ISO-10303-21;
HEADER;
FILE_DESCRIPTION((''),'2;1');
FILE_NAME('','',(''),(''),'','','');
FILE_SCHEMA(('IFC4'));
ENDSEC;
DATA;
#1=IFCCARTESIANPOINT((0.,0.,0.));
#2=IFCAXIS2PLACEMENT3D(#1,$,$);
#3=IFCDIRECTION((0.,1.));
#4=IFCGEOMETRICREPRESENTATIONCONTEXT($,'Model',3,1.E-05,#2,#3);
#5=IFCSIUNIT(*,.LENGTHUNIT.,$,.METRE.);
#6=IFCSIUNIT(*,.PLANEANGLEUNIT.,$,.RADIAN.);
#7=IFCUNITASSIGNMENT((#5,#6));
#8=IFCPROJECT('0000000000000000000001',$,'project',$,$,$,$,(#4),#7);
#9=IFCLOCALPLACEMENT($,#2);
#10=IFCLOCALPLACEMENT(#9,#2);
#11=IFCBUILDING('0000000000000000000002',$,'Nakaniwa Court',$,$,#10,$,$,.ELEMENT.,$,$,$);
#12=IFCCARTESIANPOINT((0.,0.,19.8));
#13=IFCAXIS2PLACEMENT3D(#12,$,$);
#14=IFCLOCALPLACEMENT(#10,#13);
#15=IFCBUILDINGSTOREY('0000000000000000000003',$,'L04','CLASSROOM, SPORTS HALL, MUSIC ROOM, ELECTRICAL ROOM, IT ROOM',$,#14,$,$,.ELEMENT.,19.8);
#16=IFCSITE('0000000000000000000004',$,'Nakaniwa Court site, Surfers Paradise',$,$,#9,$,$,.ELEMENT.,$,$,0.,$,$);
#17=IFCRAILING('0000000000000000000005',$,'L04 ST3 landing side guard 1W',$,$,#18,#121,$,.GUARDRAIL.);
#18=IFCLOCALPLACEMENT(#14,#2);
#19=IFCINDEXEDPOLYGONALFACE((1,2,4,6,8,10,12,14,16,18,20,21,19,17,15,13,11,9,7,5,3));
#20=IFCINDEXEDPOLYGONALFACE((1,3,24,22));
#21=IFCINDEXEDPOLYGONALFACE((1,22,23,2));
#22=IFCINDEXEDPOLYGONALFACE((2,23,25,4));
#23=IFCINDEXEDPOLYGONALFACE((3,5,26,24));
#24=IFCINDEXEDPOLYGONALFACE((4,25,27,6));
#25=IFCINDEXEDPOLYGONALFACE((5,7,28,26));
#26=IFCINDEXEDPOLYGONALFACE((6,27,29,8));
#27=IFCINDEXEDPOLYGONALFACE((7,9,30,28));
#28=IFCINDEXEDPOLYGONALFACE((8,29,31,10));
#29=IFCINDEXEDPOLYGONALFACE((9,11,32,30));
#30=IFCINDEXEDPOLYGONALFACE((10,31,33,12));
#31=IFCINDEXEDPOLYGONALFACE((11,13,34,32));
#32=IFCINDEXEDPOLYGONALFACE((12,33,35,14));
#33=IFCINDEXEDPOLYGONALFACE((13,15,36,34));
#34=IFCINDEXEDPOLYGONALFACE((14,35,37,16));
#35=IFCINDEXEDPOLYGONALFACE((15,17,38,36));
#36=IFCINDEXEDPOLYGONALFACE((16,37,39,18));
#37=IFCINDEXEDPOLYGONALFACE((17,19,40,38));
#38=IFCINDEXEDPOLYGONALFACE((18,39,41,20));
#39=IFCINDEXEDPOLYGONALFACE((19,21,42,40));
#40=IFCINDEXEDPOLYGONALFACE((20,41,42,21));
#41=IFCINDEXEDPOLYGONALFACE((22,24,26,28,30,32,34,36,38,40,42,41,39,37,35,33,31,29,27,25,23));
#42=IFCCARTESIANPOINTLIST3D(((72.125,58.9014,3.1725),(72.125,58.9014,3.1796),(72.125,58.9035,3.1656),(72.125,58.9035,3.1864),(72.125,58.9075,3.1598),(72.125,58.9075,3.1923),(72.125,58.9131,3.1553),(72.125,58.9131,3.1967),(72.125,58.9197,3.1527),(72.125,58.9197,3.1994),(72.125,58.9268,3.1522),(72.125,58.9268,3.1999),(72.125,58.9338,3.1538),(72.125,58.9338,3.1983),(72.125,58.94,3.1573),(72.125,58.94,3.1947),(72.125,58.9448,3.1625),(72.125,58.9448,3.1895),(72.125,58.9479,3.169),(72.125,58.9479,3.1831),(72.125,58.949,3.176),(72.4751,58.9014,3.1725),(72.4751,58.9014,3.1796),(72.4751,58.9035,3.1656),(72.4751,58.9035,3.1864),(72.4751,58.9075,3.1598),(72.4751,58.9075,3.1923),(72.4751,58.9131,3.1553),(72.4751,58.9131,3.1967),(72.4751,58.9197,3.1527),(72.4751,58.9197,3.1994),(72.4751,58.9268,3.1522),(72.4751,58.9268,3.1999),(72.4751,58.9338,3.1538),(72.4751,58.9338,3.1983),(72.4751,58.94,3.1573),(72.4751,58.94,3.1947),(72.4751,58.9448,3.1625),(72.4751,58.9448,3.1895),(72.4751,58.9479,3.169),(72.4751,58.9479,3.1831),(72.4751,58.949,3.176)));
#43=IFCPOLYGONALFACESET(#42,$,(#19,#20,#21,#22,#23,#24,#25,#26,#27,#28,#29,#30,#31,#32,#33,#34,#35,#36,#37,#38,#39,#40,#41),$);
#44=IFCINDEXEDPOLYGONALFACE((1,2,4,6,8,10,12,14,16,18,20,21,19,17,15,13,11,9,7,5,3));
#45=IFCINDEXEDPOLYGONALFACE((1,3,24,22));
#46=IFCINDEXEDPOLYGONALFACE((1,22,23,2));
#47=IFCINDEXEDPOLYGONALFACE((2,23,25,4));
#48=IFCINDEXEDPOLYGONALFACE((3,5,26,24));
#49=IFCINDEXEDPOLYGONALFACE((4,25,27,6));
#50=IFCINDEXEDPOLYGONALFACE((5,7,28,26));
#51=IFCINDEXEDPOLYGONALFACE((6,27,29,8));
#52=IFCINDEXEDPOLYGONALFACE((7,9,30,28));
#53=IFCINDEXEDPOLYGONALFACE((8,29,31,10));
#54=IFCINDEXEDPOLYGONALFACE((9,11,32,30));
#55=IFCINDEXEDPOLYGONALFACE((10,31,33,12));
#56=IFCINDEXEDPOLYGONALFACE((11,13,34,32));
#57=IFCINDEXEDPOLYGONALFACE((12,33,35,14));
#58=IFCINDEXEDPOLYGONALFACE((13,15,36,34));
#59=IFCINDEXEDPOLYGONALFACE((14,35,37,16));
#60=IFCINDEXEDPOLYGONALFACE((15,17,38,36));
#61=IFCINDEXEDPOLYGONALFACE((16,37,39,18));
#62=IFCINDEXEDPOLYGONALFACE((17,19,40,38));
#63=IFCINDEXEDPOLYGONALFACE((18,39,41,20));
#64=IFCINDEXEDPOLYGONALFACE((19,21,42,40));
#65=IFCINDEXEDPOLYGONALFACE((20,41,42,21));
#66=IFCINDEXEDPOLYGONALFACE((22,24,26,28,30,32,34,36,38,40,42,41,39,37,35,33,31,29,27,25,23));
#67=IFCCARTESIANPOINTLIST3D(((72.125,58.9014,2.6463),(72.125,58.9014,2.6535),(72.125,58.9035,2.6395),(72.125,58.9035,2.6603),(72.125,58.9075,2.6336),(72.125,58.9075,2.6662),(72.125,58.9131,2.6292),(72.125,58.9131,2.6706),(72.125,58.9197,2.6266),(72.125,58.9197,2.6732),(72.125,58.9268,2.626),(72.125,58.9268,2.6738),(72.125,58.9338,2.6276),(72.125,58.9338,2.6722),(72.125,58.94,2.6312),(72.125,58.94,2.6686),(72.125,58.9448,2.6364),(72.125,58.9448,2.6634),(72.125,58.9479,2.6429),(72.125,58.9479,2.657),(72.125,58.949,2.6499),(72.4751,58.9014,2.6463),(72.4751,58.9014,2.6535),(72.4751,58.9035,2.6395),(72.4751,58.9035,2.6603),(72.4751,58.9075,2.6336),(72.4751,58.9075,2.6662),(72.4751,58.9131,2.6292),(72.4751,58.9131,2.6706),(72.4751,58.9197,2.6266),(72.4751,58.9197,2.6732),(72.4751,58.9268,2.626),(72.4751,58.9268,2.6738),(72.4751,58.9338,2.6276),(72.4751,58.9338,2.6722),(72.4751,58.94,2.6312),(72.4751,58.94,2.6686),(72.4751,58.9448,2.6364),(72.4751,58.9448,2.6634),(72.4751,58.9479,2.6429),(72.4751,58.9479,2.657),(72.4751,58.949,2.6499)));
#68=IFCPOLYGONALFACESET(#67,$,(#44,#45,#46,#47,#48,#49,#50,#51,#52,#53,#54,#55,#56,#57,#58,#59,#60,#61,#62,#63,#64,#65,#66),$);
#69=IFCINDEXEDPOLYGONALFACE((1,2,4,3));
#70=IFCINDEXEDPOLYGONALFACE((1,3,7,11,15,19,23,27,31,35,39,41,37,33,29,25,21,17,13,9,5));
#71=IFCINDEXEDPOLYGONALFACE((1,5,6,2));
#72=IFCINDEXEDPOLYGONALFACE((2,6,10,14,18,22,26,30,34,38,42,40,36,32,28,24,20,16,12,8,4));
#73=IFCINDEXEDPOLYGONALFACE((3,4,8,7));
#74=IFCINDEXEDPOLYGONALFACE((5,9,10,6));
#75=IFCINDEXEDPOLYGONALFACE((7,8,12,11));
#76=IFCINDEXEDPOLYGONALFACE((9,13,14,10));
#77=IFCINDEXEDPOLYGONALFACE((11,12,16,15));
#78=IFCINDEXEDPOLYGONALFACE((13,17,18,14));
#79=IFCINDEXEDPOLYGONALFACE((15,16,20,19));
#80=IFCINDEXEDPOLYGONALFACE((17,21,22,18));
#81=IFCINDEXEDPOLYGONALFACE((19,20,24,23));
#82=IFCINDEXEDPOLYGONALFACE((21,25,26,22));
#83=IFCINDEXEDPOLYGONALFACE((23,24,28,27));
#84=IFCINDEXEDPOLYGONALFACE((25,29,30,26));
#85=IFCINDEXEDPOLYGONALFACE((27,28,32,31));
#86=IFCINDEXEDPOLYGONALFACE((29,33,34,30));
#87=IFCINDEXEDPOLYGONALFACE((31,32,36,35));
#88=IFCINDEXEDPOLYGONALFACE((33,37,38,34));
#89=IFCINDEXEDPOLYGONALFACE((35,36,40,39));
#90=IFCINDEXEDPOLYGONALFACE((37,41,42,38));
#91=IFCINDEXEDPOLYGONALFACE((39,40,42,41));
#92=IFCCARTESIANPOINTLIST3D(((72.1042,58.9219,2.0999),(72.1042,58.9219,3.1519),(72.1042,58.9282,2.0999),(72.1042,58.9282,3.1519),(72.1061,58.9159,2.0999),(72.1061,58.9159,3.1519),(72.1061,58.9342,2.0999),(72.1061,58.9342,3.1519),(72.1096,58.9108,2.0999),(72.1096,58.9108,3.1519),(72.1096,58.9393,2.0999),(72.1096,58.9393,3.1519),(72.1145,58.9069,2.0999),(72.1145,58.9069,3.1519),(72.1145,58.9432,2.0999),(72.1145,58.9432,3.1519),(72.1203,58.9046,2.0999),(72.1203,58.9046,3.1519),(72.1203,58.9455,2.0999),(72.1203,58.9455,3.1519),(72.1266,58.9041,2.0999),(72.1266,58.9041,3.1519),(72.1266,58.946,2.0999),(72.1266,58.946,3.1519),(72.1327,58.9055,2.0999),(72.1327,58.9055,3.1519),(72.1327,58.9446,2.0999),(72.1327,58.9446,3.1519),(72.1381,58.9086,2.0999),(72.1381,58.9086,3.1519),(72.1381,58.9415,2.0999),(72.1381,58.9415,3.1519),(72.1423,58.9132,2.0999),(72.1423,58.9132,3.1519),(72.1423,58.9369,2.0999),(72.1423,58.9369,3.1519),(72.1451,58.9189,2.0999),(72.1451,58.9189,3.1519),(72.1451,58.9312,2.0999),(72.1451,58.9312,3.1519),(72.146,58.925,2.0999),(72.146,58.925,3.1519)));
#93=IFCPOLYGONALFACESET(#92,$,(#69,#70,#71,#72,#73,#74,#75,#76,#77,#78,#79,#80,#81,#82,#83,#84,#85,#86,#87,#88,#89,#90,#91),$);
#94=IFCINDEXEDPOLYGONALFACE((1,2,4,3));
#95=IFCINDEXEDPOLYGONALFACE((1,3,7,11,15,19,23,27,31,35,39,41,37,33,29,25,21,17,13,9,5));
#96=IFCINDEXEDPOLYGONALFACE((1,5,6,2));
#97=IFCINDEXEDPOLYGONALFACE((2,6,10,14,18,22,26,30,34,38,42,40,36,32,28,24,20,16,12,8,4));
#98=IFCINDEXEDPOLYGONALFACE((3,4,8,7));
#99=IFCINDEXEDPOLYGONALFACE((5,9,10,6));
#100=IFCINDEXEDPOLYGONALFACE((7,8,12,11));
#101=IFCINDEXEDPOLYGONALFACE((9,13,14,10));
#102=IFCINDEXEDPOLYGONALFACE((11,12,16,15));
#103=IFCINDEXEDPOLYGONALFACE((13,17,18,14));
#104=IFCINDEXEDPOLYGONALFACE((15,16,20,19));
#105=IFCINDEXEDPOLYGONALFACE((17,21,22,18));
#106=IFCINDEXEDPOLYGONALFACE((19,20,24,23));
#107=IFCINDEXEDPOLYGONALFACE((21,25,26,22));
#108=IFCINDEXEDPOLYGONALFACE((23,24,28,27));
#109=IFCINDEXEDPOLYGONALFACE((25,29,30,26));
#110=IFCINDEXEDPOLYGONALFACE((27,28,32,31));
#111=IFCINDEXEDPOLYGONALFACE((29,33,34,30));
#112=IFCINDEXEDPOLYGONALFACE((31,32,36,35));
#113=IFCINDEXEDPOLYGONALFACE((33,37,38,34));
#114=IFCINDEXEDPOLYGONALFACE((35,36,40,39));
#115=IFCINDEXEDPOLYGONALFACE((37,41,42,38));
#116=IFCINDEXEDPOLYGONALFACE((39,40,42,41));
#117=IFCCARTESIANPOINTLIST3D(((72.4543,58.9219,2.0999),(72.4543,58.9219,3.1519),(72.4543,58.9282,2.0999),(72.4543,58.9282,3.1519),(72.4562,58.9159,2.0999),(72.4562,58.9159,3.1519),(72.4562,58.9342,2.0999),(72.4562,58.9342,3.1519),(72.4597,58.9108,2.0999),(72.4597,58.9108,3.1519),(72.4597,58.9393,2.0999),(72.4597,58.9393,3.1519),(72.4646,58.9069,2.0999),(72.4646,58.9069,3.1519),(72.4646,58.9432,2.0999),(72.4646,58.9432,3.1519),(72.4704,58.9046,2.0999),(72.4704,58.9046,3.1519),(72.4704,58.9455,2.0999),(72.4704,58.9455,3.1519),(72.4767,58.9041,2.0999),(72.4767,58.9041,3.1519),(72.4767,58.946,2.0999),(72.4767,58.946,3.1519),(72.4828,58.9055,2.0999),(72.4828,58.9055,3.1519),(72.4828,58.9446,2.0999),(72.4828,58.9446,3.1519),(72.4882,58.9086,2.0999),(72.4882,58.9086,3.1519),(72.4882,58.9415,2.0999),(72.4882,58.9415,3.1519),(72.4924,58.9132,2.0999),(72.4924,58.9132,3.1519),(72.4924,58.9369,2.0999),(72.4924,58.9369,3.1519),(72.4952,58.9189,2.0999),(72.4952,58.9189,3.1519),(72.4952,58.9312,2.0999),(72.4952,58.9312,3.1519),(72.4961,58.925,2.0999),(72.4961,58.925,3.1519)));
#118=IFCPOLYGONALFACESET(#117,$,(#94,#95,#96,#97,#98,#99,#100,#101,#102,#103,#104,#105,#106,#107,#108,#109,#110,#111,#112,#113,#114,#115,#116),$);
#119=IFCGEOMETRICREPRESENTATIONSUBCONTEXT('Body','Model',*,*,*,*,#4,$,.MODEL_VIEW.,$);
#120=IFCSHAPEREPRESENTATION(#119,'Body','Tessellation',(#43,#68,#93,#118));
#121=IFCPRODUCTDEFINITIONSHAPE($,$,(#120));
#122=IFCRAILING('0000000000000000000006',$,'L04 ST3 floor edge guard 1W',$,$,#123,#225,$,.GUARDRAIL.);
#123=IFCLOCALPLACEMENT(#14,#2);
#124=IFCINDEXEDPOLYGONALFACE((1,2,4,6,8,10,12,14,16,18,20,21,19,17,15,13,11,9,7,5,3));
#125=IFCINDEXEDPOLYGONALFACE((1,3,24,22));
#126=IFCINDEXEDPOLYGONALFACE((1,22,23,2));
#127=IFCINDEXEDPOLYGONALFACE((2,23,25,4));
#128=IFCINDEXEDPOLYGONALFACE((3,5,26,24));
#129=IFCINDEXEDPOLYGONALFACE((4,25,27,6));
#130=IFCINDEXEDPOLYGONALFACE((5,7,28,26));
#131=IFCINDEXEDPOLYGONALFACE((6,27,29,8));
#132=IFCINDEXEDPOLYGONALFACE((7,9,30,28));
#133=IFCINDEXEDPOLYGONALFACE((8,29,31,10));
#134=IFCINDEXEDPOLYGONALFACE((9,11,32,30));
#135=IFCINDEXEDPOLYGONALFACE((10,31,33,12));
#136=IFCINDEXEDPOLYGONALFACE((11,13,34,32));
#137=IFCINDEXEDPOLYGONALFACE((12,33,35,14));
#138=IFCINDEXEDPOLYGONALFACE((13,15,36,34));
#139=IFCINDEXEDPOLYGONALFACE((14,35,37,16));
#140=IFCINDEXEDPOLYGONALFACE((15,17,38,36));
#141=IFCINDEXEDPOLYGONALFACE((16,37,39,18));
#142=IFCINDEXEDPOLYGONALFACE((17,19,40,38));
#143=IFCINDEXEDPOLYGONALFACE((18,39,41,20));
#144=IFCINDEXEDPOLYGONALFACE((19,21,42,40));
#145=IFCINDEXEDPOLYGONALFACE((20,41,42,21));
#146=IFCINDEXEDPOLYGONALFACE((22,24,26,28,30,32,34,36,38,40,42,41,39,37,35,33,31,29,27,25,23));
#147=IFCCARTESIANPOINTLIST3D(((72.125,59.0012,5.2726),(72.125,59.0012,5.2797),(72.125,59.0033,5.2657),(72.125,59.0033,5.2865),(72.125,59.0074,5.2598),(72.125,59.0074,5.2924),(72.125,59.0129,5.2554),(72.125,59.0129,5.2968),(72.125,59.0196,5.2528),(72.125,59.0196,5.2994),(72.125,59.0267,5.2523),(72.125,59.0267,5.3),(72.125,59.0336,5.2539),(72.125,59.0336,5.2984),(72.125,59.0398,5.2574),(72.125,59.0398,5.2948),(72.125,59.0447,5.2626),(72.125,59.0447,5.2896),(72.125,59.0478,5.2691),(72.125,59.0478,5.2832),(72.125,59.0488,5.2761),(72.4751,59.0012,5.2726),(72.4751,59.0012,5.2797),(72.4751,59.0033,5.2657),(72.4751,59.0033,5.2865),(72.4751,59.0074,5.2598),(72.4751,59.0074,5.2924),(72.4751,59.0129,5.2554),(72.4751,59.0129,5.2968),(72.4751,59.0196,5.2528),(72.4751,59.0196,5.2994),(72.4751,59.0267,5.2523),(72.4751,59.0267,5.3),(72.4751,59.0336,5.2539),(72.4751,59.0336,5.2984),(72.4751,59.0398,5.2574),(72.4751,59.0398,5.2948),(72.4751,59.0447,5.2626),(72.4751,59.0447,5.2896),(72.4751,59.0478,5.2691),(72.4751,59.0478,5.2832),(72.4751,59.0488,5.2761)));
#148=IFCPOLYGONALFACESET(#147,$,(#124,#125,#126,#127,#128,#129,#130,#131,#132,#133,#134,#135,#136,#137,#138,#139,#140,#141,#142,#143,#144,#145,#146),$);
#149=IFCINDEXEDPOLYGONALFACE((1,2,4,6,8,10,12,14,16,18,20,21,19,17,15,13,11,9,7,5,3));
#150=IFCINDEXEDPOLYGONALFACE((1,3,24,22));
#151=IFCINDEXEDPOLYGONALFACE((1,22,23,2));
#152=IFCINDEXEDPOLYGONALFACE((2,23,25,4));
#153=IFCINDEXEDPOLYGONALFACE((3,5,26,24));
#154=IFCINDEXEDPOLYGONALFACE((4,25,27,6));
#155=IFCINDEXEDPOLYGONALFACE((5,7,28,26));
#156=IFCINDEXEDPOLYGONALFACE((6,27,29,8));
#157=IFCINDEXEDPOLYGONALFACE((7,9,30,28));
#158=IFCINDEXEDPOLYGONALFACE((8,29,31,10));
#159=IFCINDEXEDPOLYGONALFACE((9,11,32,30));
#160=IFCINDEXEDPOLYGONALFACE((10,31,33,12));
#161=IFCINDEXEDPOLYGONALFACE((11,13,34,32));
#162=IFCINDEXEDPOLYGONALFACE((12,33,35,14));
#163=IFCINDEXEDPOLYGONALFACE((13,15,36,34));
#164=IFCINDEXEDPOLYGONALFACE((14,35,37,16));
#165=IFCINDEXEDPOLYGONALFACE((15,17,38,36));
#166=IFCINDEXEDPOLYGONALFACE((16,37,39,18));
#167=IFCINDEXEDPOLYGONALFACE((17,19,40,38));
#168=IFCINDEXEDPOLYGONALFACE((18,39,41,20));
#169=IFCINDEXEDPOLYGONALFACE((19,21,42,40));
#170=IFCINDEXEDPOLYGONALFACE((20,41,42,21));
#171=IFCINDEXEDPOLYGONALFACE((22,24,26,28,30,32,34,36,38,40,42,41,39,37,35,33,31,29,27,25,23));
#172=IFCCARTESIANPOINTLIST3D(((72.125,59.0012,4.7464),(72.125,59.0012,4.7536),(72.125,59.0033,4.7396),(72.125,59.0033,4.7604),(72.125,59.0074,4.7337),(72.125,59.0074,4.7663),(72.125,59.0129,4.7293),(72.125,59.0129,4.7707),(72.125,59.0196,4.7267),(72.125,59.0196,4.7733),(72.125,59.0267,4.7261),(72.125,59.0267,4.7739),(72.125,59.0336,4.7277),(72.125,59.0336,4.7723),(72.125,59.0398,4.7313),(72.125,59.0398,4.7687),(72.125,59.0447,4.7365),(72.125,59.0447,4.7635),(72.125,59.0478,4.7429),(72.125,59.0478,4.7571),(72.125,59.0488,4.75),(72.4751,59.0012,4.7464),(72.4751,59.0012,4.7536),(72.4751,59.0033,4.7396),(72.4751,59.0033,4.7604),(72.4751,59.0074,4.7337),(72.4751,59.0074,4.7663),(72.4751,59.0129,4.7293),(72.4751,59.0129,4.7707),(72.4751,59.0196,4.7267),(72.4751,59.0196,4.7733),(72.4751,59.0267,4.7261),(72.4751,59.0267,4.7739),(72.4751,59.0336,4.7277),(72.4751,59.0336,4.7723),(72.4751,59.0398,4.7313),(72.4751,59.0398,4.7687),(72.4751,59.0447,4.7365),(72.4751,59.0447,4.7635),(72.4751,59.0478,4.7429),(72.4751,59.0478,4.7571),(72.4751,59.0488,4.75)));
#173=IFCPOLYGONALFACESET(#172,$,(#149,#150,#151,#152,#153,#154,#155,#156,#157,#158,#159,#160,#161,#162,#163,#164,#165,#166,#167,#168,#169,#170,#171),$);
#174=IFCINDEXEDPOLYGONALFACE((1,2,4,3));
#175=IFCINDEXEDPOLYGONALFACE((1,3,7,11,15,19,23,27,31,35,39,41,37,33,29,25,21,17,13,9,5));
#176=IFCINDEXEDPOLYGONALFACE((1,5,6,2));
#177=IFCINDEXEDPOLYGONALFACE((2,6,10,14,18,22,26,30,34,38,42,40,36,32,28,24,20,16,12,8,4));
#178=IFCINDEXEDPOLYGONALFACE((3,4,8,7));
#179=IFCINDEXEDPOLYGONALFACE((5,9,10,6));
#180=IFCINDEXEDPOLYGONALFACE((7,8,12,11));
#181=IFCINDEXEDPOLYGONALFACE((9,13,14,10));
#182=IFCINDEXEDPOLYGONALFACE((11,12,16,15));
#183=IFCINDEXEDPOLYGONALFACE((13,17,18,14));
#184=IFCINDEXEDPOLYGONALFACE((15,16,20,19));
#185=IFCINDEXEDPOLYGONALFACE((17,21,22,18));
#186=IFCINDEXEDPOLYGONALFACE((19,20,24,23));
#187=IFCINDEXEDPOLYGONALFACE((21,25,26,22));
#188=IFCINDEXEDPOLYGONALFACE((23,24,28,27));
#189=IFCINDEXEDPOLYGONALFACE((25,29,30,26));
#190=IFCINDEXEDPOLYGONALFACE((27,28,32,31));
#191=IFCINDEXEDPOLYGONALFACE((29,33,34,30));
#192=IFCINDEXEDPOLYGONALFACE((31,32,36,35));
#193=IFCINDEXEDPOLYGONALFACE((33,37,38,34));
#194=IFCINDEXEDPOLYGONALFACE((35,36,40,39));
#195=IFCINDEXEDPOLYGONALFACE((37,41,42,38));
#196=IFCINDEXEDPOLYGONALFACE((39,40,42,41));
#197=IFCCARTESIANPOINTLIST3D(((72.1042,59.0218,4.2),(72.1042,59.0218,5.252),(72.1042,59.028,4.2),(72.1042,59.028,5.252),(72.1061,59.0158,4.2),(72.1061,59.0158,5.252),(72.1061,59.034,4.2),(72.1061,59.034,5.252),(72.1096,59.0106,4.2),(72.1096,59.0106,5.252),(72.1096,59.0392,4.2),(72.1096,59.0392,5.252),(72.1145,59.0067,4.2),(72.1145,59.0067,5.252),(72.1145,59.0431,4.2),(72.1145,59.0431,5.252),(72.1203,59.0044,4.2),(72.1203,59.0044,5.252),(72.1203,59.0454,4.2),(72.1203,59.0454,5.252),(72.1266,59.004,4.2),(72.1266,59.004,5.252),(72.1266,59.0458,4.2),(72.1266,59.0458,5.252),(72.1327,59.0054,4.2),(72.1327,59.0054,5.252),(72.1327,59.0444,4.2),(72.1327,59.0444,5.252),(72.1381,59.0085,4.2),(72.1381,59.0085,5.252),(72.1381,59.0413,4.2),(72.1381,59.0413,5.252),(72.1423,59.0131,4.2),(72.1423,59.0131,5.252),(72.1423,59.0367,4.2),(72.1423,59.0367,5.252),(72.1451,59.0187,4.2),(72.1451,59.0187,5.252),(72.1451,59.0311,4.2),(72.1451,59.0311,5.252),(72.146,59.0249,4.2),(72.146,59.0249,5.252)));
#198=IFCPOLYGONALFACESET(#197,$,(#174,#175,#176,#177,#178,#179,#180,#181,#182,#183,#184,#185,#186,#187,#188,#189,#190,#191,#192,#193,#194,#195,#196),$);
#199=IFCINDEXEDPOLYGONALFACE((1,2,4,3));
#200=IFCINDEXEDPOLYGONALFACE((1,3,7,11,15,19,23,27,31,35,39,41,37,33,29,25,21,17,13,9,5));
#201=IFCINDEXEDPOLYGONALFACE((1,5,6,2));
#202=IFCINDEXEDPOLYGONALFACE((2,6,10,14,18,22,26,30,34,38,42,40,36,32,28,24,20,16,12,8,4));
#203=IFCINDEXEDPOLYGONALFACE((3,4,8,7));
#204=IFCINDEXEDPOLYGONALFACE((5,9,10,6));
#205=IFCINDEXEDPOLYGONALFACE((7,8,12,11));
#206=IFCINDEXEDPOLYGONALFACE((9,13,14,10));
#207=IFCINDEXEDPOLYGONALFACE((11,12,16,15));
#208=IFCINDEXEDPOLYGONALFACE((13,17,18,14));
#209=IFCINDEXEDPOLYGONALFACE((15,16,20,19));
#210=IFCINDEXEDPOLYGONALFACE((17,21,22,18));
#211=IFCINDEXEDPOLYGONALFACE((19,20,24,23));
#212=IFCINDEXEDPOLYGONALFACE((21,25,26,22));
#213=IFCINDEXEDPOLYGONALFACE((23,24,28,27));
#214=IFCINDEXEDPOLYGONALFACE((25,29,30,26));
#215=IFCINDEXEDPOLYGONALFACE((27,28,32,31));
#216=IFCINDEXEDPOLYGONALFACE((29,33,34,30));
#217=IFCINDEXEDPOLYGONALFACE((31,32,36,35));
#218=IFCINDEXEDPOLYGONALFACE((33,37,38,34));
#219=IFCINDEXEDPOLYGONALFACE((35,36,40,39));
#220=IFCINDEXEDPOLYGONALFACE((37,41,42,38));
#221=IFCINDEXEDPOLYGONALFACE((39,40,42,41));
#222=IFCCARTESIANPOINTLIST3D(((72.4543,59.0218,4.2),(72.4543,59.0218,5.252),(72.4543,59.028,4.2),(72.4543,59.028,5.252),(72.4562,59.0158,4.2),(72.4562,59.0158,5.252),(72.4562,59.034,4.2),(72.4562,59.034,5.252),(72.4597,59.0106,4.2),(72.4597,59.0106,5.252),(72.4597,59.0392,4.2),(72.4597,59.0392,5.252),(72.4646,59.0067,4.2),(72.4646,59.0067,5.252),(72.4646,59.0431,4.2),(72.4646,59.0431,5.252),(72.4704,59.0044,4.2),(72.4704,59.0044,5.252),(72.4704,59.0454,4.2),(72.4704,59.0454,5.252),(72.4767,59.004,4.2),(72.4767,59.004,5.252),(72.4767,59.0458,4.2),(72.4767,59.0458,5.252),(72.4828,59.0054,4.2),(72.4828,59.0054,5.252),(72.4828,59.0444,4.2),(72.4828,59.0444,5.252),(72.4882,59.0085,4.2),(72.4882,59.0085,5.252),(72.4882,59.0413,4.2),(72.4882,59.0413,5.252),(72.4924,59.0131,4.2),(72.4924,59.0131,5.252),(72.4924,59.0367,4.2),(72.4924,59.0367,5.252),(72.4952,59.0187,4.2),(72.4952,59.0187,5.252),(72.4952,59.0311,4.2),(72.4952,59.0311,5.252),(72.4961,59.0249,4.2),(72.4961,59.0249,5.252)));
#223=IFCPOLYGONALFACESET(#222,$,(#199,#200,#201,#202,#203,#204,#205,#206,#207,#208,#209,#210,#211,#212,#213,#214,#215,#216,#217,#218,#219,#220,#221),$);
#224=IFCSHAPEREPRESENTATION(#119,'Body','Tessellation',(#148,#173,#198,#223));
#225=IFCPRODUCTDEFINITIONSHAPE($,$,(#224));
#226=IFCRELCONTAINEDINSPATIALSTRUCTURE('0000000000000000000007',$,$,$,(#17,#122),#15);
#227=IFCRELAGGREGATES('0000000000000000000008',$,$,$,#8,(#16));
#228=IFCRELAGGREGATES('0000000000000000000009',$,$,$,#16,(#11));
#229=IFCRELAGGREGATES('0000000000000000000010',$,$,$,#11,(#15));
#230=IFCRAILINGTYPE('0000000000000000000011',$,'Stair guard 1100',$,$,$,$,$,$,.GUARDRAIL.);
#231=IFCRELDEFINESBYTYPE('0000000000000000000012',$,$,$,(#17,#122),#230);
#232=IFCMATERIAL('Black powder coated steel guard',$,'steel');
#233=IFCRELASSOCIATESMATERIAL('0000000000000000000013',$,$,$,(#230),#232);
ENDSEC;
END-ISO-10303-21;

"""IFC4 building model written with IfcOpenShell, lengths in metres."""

from ifc_helpers import new_model, si_unit, direction, frame, origin, origin_2d, place, context, subcontext, project, spatial, circle, extrude, material, type_object, element, save


model = new_model("IFC4")

# Units and contexts
model_context = context("Model", 3, precision=1e-05, world=origin(), true_north=direction((0.0, 1.0)))
body_context = subcontext(model_context, "Body", "Model", "MODEL_VIEW")
ifc_project = project(units=[si_unit("LENGTHUNIT", "METRE"), si_unit("PLANEANGLEUNIT", "RADIAN")], contexts=[model_context])

# Site, building, storey
site_placement = place(None, origin())
site = spatial("IfcSite", under=ifc_project, at=site_placement, Name="Nakaniwa Court site, Surfers Paradise", CompositionType="ELEMENT", RefElevation=0.0)
building_placement = place(site_placement, origin())
building = spatial("IfcBuilding", under=site, at=building_placement, Name="Nakaniwa Court", CompositionType="ELEMENT")
storey_placement = place(building_placement, frame((0.0, 0.0, 19.8)))
storey = spatial("IfcBuildingStorey", under=building, at=storey_placement, Name="L04", Description="CLASSROOM, SPORTS HALL, MUSIC ROOM, ELECTRICAL ROOM, IT ROOM", CompositionType="ELEMENT", Elevation=19.8)

# Railings
ifc_material_1 = material(Name="Black powder coated steel guard", Category="steel")
railing_type = type_object("IfcRailingType", Name="Stair guard 1100", PredefinedType="GUARDRAIL", material=ifc_material_1)
for number, where, name in (
    (1, (72.125, 58.925, 2.0999), "L04 ST3 landing side guard 1W"),
    (2, (72.125, 59.0249, 4.2), "L04 ST3 floor edge guard 1W"),
):
    element("IfcRailing", number, at=place(storey_placement, frame(where)), inside=storey, type_object=railing_type, Name=name, PredefinedType="GUARDRAIL", context=body_context, shape_type="SweptSolid", body=[
        extrude(circle(Radius=0.0239, at=origin_2d()), frame((0.0, 0.0, 1.0762), z_axis=(1.0, 0.0, 0.0), x_axis=(0.0, 1.0, 0.0)), (0.0, 0.0, 1.0), 0.3501),
        extrude(circle(Radius=0.0239, at=origin_2d()), frame((0.0, 0.0, 0.55), z_axis=(1.0, 0.0, 0.0), x_axis=(0.0, 1.0, 0.0)), (0.0, 0.0, 1.0), 0.3501),
        extrude(circle(Radius=0.021, at=origin_2d()), origin(), (0.0, 0.0, 1.0), 1.052),
        extrude(circle(Radius=0.021, at=origin_2d()), frame((0.3501, 0.0, 0.0)), (0.0, 0.0, 1.0), 1.052),
    ])

save(model, "model.ifc")
